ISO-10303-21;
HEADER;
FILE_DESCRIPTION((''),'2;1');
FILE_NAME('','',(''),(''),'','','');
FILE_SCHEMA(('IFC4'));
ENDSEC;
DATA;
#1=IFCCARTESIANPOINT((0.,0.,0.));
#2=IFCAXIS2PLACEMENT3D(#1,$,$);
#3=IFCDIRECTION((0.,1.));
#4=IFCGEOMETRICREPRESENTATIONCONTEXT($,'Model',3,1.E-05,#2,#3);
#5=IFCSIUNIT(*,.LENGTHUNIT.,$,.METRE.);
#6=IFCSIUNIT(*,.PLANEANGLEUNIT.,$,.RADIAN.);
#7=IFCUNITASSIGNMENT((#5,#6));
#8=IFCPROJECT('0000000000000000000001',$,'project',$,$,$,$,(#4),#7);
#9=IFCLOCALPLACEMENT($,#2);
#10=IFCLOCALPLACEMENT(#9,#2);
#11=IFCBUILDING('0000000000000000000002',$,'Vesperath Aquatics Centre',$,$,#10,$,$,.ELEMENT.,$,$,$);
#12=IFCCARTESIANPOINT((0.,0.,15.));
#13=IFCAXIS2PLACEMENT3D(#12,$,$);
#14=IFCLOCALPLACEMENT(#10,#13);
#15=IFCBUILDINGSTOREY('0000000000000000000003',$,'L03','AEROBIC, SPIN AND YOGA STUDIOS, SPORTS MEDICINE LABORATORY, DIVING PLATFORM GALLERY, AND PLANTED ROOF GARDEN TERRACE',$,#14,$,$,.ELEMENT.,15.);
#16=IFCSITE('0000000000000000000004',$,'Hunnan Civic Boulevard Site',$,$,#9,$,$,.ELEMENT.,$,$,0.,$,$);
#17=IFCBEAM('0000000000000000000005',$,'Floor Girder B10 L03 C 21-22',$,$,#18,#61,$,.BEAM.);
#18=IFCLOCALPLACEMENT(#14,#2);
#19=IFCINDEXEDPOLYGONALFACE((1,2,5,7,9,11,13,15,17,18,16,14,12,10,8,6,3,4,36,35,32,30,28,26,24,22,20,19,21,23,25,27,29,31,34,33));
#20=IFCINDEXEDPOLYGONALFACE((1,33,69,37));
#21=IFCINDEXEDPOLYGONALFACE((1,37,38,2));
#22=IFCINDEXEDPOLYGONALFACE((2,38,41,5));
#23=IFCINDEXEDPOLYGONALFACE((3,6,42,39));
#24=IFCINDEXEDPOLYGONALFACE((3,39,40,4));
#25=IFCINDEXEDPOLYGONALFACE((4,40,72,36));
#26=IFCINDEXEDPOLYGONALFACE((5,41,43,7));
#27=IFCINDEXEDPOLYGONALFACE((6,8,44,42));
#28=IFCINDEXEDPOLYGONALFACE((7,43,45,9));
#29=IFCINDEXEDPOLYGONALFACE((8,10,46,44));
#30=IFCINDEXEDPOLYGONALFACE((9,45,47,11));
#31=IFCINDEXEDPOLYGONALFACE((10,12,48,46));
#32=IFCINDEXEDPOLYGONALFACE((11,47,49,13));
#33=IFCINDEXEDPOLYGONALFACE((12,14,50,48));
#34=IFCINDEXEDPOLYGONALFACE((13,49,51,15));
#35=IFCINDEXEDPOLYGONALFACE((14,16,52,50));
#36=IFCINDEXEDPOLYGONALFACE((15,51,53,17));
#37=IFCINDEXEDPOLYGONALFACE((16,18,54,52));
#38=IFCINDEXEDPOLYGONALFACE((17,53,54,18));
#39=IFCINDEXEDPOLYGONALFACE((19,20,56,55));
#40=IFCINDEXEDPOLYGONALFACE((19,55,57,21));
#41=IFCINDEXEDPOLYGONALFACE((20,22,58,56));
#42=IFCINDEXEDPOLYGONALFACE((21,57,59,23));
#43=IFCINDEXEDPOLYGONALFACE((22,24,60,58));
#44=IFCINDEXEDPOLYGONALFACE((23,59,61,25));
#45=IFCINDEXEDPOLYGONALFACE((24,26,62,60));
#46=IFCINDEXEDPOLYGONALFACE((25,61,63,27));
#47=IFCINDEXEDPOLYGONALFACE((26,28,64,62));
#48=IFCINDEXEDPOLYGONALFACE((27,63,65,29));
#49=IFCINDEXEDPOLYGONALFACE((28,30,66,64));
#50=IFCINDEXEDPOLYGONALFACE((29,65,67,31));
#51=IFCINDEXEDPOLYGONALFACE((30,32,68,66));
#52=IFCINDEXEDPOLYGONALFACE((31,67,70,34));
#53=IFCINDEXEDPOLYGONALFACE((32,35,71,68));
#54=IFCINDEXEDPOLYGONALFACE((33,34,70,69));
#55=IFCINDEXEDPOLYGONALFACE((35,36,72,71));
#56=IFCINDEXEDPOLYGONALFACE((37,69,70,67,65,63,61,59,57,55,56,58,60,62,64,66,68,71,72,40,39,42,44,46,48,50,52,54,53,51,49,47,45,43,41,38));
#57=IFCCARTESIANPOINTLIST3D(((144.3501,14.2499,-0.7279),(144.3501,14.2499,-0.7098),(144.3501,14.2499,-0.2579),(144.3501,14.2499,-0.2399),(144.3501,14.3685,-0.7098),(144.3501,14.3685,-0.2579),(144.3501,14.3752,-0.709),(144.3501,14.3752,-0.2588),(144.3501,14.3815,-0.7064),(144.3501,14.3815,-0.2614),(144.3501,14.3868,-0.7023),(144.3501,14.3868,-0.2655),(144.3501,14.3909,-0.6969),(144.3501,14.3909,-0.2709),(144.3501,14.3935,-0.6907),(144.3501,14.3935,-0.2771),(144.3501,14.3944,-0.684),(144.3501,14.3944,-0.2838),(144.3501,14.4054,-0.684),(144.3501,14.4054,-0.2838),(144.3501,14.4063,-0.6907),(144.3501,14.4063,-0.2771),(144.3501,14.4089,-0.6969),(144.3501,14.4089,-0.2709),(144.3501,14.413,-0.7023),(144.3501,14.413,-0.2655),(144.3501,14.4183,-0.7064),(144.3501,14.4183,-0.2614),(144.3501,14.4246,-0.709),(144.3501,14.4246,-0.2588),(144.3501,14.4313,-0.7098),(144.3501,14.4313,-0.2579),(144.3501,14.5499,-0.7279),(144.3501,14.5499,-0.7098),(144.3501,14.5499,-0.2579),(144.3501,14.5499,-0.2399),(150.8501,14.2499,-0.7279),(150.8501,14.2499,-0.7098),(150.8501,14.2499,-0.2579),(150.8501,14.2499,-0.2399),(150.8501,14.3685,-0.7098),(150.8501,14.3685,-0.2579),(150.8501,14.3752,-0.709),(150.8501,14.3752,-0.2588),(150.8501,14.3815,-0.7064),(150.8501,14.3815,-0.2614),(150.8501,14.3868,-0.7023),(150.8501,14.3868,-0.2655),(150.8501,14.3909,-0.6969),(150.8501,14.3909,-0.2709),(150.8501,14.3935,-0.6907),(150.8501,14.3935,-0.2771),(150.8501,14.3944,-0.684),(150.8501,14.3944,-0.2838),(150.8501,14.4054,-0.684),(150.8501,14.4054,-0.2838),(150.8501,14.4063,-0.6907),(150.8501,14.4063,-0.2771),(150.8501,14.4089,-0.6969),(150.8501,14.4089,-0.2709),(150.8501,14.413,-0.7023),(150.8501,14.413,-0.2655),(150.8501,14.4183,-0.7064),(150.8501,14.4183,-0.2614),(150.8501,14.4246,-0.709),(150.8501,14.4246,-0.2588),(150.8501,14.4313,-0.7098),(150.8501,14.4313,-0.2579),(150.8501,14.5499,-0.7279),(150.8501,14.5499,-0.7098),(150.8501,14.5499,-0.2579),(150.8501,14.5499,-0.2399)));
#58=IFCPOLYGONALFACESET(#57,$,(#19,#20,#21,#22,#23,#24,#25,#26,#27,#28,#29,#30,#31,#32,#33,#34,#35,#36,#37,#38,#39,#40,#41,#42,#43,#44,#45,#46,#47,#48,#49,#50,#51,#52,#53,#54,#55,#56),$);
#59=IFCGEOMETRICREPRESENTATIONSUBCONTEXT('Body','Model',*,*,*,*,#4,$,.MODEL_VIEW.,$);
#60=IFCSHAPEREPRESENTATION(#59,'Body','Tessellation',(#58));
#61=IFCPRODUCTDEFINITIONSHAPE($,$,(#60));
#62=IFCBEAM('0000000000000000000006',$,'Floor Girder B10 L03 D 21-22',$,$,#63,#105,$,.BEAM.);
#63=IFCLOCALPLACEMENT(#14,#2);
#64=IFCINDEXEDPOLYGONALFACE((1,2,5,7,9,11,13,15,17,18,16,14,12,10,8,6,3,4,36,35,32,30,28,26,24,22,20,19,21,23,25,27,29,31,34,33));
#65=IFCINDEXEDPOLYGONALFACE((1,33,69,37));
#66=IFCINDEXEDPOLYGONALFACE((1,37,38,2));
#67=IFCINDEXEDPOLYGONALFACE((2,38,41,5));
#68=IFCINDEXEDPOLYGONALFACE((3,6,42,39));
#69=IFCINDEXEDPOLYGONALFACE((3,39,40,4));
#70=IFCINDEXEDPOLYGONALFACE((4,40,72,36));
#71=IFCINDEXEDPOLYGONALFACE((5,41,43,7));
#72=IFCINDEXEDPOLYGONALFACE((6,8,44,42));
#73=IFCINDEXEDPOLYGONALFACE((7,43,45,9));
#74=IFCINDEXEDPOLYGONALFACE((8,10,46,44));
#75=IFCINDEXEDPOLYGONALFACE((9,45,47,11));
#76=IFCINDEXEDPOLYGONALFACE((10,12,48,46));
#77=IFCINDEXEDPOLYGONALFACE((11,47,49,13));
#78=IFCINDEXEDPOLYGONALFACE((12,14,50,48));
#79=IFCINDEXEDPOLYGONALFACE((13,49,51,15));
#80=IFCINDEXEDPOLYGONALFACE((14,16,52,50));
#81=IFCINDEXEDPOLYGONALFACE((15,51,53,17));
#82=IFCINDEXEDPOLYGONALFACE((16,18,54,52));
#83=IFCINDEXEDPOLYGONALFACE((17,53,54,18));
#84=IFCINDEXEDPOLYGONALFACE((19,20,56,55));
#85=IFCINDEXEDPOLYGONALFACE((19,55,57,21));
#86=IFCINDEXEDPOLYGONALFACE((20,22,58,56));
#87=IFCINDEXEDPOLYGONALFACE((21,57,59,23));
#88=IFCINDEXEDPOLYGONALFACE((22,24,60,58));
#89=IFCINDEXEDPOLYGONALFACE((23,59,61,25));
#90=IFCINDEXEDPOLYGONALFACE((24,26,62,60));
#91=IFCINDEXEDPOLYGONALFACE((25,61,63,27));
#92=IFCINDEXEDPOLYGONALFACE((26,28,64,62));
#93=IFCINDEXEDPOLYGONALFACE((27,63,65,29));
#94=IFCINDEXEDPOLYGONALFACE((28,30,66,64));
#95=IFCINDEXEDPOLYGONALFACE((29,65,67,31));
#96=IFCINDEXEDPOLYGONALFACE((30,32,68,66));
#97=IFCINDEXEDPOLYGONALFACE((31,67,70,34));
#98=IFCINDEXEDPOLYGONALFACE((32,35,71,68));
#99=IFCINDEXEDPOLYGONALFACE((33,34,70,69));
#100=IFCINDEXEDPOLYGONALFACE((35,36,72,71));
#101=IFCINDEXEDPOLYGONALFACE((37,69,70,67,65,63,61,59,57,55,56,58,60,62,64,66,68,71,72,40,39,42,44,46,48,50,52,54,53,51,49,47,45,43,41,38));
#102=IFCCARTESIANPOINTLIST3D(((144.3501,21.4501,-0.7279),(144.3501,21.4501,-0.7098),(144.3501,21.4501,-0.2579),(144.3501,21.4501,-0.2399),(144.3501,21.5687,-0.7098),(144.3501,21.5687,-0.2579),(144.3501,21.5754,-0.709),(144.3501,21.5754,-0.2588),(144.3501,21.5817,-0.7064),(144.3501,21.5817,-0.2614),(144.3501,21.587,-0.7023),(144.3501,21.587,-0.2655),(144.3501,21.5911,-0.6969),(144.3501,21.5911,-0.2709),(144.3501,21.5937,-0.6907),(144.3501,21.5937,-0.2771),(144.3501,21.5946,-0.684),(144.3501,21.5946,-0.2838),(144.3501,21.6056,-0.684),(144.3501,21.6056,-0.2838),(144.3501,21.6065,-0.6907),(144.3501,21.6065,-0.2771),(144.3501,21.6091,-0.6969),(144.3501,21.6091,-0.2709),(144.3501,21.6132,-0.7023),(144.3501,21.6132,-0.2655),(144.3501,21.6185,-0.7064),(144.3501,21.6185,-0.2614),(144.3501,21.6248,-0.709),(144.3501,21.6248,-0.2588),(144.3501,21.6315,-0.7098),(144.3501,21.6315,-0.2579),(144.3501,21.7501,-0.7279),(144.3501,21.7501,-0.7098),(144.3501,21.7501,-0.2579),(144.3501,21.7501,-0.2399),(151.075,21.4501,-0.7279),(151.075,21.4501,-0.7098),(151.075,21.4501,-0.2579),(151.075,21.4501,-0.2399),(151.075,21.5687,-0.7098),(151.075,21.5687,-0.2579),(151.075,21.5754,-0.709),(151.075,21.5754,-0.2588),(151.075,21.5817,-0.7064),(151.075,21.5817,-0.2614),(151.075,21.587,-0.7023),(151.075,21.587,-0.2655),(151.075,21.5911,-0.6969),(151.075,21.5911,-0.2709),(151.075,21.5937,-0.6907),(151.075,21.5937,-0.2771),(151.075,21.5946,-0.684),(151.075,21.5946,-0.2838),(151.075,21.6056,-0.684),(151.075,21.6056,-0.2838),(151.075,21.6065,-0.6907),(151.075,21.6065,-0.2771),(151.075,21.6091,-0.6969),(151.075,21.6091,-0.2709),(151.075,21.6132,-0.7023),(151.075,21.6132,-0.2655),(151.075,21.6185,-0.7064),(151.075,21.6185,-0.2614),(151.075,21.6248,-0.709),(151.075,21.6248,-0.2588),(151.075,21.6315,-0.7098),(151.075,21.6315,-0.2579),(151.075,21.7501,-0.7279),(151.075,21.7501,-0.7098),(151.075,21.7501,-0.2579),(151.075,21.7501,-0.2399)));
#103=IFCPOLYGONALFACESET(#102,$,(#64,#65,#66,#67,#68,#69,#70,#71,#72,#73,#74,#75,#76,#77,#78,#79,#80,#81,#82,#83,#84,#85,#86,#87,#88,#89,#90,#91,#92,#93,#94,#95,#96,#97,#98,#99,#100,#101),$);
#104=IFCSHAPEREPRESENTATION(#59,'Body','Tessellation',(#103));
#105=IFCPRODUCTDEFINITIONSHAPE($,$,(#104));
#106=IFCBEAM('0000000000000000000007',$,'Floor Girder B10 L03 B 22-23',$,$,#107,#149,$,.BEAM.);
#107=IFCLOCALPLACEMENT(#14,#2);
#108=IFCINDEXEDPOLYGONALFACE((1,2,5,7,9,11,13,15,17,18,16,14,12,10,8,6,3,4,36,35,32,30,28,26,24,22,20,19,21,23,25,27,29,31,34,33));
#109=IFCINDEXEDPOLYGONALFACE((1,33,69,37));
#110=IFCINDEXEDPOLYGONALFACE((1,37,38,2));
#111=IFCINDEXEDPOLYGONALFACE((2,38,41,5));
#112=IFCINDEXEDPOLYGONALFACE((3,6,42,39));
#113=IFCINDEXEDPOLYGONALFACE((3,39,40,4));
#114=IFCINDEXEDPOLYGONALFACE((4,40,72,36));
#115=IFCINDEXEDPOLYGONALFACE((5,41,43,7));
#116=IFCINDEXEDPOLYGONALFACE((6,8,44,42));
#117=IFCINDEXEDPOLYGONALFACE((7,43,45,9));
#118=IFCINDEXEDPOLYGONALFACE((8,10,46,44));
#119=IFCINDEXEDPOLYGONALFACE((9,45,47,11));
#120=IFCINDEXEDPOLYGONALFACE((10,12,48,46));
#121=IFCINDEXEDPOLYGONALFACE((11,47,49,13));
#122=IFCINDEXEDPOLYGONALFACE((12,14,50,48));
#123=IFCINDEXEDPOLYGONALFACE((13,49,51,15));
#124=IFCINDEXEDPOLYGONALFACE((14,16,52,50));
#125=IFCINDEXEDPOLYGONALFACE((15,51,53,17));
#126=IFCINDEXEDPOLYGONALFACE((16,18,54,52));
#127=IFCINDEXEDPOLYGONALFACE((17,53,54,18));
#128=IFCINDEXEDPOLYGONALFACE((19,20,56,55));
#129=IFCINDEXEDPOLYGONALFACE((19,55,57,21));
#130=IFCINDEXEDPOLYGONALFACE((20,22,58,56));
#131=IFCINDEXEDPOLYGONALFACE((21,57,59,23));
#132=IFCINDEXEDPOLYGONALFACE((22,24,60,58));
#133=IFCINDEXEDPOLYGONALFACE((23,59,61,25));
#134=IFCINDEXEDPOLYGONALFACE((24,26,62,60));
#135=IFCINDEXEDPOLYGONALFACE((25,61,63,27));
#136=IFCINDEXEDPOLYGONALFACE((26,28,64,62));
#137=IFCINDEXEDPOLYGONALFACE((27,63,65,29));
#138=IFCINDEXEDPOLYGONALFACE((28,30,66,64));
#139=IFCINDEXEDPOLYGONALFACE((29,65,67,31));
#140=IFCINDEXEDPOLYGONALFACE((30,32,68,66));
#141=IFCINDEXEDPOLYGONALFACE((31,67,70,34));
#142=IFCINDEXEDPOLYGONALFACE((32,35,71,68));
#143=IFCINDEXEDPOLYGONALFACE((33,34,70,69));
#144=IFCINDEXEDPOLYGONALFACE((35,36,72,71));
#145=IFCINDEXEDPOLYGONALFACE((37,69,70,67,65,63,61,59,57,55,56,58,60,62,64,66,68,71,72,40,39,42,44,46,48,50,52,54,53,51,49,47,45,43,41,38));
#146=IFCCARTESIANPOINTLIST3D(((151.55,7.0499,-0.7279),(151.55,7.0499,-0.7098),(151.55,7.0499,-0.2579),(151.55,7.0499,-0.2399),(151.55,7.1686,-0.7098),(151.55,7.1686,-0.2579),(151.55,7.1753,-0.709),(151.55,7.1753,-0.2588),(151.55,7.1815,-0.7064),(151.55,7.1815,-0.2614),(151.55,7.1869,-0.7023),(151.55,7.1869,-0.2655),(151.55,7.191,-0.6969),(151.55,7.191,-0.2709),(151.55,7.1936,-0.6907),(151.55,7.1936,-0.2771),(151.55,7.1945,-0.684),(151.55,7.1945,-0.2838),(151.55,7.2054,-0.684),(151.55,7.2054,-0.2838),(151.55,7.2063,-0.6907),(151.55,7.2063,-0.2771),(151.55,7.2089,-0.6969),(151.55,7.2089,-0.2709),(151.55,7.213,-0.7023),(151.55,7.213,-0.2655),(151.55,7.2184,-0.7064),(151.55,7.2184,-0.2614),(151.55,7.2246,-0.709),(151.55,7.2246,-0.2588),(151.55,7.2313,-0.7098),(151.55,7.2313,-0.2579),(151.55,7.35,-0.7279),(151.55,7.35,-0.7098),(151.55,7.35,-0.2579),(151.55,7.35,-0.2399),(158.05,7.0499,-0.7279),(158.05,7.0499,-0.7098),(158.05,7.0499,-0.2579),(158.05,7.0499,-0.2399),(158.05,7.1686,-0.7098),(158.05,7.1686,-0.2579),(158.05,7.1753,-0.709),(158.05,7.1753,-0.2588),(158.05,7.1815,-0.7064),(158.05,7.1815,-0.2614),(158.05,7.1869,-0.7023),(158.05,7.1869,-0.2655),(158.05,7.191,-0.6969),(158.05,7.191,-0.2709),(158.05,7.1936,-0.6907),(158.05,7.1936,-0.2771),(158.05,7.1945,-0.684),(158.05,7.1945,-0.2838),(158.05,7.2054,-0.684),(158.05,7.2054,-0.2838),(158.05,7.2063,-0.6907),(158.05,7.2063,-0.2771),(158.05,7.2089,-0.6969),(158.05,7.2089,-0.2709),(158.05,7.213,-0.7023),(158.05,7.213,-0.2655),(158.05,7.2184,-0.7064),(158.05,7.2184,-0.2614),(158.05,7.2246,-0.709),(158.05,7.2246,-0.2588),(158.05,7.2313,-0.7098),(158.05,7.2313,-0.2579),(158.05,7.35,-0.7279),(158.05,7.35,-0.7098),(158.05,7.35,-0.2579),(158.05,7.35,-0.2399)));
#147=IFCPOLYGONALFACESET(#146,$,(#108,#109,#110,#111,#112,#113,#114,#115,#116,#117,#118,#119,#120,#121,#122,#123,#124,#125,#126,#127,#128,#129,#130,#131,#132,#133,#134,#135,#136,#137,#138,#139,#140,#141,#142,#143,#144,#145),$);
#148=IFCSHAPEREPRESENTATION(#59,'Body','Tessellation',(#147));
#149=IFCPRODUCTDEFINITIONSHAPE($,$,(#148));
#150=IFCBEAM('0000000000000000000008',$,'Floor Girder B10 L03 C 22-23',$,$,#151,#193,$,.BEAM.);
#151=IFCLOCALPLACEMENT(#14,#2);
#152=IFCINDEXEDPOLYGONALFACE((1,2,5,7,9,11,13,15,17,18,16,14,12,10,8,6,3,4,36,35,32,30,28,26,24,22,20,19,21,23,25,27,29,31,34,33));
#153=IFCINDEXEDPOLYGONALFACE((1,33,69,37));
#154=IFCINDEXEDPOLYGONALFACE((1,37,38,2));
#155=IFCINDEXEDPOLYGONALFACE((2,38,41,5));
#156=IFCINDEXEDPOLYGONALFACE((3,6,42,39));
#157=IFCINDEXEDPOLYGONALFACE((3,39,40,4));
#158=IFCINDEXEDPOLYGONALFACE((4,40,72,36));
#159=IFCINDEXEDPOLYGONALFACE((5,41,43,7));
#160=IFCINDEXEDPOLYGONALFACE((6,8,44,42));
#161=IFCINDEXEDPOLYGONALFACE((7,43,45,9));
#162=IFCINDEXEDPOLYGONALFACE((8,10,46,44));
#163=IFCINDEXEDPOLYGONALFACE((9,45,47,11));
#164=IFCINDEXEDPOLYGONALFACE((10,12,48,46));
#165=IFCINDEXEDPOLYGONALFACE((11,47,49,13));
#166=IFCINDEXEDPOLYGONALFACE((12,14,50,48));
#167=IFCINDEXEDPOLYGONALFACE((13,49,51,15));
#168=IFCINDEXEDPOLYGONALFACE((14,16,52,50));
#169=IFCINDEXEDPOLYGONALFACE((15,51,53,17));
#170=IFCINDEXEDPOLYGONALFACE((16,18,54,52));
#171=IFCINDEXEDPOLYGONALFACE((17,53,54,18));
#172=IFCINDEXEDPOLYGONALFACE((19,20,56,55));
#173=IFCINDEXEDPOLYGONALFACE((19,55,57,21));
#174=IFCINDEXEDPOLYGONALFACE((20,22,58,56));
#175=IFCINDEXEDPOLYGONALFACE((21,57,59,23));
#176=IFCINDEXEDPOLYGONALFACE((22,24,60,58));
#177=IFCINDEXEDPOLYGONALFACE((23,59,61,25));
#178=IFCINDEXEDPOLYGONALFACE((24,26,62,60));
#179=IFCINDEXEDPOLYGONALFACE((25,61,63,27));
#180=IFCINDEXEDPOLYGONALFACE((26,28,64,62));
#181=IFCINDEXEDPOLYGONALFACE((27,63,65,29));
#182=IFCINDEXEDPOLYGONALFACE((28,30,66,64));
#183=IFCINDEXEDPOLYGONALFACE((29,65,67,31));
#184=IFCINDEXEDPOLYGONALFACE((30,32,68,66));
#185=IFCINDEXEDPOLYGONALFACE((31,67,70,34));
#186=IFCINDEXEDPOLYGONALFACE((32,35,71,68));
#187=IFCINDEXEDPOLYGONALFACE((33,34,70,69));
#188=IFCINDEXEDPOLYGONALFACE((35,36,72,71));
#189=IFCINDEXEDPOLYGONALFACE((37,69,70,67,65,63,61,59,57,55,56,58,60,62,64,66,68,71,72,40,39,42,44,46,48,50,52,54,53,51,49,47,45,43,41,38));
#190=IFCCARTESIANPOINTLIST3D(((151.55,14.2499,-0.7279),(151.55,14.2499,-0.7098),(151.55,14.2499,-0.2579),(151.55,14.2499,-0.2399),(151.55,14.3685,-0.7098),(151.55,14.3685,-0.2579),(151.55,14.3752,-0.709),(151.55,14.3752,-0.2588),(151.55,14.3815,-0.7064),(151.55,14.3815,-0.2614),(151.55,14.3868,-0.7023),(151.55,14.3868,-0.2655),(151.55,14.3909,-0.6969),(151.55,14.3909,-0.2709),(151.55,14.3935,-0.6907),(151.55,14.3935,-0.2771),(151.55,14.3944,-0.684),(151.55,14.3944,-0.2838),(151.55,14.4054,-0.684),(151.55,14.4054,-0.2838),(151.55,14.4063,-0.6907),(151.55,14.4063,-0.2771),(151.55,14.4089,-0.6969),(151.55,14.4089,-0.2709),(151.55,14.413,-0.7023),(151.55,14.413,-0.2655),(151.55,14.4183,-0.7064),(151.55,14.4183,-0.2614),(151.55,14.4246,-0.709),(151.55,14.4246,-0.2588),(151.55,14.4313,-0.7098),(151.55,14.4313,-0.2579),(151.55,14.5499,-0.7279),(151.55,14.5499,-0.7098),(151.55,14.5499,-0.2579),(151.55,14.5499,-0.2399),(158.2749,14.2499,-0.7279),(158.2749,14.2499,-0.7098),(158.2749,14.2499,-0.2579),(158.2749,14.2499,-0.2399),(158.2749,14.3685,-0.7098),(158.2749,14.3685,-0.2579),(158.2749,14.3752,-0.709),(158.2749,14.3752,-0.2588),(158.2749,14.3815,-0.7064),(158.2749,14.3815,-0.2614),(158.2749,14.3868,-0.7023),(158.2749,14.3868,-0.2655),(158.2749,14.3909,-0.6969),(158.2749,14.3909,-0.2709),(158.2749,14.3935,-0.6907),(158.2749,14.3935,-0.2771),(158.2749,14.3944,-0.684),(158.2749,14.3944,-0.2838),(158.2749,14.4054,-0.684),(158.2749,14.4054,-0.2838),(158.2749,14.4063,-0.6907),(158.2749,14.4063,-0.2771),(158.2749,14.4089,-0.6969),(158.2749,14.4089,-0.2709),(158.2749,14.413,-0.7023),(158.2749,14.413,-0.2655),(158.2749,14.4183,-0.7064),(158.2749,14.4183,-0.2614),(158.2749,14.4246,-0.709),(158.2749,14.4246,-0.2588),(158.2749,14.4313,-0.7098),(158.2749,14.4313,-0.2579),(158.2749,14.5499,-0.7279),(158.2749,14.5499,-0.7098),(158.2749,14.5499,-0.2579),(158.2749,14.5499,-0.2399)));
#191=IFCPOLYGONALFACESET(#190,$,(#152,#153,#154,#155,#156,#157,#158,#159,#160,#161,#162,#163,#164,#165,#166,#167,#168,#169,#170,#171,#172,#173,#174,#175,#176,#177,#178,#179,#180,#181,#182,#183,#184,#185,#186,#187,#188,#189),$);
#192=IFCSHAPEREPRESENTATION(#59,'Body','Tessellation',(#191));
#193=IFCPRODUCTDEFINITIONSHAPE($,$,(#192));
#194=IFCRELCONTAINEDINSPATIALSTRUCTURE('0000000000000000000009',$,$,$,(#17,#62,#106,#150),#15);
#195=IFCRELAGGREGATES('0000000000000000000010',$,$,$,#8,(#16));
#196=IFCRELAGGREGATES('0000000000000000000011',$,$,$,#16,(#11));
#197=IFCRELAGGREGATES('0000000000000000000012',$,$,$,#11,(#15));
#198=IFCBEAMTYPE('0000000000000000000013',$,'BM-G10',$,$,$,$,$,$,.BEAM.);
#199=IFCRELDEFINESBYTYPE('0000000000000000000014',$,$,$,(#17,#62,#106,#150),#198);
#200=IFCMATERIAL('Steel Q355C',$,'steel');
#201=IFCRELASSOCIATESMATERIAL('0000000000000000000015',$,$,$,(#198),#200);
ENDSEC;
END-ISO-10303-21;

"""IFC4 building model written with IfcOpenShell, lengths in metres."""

from ifc_helpers import new_model, si_unit, direction, frame, origin, origin_2d, place, context, subcontext, project, spatial, i_section, extrude, material, material_profile, profile_set, type_object, element, save


model = new_model("IFC4")

# Units and contexts
model_context = context("Model", 3, precision=1e-05, world=origin(), true_north=direction((0.0, 1.0)))
body_context = subcontext(model_context, "Body", "Model", "MODEL_VIEW")
ifc_project = project(units=[si_unit("LENGTHUNIT", "METRE"), si_unit("PLANEANGLEUNIT", "RADIAN")], contexts=[model_context])

# Site, building, storey
site_placement = place(None, origin())
site = spatial("IfcSite", under=ifc_project, at=site_placement, Name="Hunnan Civic Boulevard Site", CompositionType="ELEMENT", RefElevation=0.0)
building_placement = place(site_placement, origin())
building = spatial("IfcBuilding", under=site, at=building_placement, Name="Vesperath Aquatics Centre", CompositionType="ELEMENT")
storey_placement = place(building_placement, frame((0.0, 0.0, 15.0)))
storey = spatial("IfcBuildingStorey", under=building, at=storey_placement, Name="L03", Description="AEROBIC, SPIN AND YOGA STUDIOS, SPORTS MEDICINE LABORATORY, DIVING PLATFORM GALLERY, AND PLANTED ROOF GARDEN TERRACE", CompositionType="ELEMENT", Elevation=15.0)

# Shared definitions
ifc_material_1 = material(Name="Steel Q355C", Category="steel")

# Beams
ifc_material_profile_1 = material_profile(ifc_material_1, i_section(OverallWidth=0.3, OverallDepth=0.488, WebThickness=0.011, FlangeThickness=0.0181, FilletRadius=0.0259, at=origin_2d()), Name="HM 488x300x11x18")
ifc_profile_set_1 = profile_set([ifc_material_profile_1], Name="Steel Q355C")
beam_type_1 = type_object("IfcBeamType", Name="BM-G10", PredefinedType="BEAM", material=ifc_profile_set_1)
beam_1_placement = place(storey_placement, frame((144.3501, 14.3999, -0.4839), z_axis=(1.0, 0.0, 0.0), x_axis=(0.0, 1.0, 0.0)))
element("IfcBeam", 1, at=beam_1_placement, inside=storey, type_object=beam_type_1, Name="Floor Girder B10 L03 C 21-22", PredefinedType="BEAM", context=body_context, shape_type="SweptSolid", body=[
    extrude(i_section(OverallWidth=0.3, OverallDepth=0.488, WebThickness=0.011, FlangeThickness=0.0181, FilletRadius=0.0259, at=origin_2d()), origin(), (0.0, 0.0, 1.0), 6.5),
])
beam_2_placement = place(storey_placement, frame((144.3501, 21.6001, -0.4839), z_axis=(1.0, 0.0, 0.0), x_axis=(0.0, 1.0, 0.0)))
element("IfcBeam", 2, at=beam_2_placement, inside=storey, type_object=beam_type_1, Name="Floor Girder B10 L03 D 21-22", PredefinedType="BEAM", context=body_context, shape_type="SweptSolid", body=[
    extrude(i_section(OverallWidth=0.3, OverallDepth=0.488, WebThickness=0.011, FlangeThickness=0.0181, FilletRadius=0.0259, at=origin_2d()), origin(), (0.0, 0.0, 1.0), 6.7249),
])
beam_3_placement = place(storey_placement, frame((151.55, 7.2, -0.4839), z_axis=(1.0, 0.0, 0.0), x_axis=(0.0, 1.0, 0.0)))
element("IfcBeam", 3, at=beam_3_placement, inside=storey, type_object=beam_type_1, Name="Floor Girder B10 L03 B 22-23", PredefinedType="BEAM", context=body_context, shape_type="SweptSolid", body=[
    extrude(i_section(OverallWidth=0.3, OverallDepth=0.488, WebThickness=0.011, FlangeThickness=0.0181, FilletRadius=0.0259, at=origin_2d()), origin(), (0.0, 0.0, 1.0), 6.5),
])
beam_4_placement = place(storey_placement, frame((151.55, 14.3999, -0.4839), z_axis=(1.0, 0.0, 0.0), x_axis=(0.0, 1.0, 0.0)))
element("IfcBeam", 4, at=beam_4_placement, inside=storey, type_object=beam_type_1, Name="Floor Girder B10 L03 C 22-23", PredefinedType="BEAM", context=body_context, shape_type="SweptSolid", body=[
    extrude(i_section(OverallWidth=0.3, OverallDepth=0.488, WebThickness=0.011, FlangeThickness=0.0181, FilletRadius=0.0259, at=origin_2d()), origin(), (0.0, 0.0, 1.0), 6.7249),
])

save(model, "model.ifc")
